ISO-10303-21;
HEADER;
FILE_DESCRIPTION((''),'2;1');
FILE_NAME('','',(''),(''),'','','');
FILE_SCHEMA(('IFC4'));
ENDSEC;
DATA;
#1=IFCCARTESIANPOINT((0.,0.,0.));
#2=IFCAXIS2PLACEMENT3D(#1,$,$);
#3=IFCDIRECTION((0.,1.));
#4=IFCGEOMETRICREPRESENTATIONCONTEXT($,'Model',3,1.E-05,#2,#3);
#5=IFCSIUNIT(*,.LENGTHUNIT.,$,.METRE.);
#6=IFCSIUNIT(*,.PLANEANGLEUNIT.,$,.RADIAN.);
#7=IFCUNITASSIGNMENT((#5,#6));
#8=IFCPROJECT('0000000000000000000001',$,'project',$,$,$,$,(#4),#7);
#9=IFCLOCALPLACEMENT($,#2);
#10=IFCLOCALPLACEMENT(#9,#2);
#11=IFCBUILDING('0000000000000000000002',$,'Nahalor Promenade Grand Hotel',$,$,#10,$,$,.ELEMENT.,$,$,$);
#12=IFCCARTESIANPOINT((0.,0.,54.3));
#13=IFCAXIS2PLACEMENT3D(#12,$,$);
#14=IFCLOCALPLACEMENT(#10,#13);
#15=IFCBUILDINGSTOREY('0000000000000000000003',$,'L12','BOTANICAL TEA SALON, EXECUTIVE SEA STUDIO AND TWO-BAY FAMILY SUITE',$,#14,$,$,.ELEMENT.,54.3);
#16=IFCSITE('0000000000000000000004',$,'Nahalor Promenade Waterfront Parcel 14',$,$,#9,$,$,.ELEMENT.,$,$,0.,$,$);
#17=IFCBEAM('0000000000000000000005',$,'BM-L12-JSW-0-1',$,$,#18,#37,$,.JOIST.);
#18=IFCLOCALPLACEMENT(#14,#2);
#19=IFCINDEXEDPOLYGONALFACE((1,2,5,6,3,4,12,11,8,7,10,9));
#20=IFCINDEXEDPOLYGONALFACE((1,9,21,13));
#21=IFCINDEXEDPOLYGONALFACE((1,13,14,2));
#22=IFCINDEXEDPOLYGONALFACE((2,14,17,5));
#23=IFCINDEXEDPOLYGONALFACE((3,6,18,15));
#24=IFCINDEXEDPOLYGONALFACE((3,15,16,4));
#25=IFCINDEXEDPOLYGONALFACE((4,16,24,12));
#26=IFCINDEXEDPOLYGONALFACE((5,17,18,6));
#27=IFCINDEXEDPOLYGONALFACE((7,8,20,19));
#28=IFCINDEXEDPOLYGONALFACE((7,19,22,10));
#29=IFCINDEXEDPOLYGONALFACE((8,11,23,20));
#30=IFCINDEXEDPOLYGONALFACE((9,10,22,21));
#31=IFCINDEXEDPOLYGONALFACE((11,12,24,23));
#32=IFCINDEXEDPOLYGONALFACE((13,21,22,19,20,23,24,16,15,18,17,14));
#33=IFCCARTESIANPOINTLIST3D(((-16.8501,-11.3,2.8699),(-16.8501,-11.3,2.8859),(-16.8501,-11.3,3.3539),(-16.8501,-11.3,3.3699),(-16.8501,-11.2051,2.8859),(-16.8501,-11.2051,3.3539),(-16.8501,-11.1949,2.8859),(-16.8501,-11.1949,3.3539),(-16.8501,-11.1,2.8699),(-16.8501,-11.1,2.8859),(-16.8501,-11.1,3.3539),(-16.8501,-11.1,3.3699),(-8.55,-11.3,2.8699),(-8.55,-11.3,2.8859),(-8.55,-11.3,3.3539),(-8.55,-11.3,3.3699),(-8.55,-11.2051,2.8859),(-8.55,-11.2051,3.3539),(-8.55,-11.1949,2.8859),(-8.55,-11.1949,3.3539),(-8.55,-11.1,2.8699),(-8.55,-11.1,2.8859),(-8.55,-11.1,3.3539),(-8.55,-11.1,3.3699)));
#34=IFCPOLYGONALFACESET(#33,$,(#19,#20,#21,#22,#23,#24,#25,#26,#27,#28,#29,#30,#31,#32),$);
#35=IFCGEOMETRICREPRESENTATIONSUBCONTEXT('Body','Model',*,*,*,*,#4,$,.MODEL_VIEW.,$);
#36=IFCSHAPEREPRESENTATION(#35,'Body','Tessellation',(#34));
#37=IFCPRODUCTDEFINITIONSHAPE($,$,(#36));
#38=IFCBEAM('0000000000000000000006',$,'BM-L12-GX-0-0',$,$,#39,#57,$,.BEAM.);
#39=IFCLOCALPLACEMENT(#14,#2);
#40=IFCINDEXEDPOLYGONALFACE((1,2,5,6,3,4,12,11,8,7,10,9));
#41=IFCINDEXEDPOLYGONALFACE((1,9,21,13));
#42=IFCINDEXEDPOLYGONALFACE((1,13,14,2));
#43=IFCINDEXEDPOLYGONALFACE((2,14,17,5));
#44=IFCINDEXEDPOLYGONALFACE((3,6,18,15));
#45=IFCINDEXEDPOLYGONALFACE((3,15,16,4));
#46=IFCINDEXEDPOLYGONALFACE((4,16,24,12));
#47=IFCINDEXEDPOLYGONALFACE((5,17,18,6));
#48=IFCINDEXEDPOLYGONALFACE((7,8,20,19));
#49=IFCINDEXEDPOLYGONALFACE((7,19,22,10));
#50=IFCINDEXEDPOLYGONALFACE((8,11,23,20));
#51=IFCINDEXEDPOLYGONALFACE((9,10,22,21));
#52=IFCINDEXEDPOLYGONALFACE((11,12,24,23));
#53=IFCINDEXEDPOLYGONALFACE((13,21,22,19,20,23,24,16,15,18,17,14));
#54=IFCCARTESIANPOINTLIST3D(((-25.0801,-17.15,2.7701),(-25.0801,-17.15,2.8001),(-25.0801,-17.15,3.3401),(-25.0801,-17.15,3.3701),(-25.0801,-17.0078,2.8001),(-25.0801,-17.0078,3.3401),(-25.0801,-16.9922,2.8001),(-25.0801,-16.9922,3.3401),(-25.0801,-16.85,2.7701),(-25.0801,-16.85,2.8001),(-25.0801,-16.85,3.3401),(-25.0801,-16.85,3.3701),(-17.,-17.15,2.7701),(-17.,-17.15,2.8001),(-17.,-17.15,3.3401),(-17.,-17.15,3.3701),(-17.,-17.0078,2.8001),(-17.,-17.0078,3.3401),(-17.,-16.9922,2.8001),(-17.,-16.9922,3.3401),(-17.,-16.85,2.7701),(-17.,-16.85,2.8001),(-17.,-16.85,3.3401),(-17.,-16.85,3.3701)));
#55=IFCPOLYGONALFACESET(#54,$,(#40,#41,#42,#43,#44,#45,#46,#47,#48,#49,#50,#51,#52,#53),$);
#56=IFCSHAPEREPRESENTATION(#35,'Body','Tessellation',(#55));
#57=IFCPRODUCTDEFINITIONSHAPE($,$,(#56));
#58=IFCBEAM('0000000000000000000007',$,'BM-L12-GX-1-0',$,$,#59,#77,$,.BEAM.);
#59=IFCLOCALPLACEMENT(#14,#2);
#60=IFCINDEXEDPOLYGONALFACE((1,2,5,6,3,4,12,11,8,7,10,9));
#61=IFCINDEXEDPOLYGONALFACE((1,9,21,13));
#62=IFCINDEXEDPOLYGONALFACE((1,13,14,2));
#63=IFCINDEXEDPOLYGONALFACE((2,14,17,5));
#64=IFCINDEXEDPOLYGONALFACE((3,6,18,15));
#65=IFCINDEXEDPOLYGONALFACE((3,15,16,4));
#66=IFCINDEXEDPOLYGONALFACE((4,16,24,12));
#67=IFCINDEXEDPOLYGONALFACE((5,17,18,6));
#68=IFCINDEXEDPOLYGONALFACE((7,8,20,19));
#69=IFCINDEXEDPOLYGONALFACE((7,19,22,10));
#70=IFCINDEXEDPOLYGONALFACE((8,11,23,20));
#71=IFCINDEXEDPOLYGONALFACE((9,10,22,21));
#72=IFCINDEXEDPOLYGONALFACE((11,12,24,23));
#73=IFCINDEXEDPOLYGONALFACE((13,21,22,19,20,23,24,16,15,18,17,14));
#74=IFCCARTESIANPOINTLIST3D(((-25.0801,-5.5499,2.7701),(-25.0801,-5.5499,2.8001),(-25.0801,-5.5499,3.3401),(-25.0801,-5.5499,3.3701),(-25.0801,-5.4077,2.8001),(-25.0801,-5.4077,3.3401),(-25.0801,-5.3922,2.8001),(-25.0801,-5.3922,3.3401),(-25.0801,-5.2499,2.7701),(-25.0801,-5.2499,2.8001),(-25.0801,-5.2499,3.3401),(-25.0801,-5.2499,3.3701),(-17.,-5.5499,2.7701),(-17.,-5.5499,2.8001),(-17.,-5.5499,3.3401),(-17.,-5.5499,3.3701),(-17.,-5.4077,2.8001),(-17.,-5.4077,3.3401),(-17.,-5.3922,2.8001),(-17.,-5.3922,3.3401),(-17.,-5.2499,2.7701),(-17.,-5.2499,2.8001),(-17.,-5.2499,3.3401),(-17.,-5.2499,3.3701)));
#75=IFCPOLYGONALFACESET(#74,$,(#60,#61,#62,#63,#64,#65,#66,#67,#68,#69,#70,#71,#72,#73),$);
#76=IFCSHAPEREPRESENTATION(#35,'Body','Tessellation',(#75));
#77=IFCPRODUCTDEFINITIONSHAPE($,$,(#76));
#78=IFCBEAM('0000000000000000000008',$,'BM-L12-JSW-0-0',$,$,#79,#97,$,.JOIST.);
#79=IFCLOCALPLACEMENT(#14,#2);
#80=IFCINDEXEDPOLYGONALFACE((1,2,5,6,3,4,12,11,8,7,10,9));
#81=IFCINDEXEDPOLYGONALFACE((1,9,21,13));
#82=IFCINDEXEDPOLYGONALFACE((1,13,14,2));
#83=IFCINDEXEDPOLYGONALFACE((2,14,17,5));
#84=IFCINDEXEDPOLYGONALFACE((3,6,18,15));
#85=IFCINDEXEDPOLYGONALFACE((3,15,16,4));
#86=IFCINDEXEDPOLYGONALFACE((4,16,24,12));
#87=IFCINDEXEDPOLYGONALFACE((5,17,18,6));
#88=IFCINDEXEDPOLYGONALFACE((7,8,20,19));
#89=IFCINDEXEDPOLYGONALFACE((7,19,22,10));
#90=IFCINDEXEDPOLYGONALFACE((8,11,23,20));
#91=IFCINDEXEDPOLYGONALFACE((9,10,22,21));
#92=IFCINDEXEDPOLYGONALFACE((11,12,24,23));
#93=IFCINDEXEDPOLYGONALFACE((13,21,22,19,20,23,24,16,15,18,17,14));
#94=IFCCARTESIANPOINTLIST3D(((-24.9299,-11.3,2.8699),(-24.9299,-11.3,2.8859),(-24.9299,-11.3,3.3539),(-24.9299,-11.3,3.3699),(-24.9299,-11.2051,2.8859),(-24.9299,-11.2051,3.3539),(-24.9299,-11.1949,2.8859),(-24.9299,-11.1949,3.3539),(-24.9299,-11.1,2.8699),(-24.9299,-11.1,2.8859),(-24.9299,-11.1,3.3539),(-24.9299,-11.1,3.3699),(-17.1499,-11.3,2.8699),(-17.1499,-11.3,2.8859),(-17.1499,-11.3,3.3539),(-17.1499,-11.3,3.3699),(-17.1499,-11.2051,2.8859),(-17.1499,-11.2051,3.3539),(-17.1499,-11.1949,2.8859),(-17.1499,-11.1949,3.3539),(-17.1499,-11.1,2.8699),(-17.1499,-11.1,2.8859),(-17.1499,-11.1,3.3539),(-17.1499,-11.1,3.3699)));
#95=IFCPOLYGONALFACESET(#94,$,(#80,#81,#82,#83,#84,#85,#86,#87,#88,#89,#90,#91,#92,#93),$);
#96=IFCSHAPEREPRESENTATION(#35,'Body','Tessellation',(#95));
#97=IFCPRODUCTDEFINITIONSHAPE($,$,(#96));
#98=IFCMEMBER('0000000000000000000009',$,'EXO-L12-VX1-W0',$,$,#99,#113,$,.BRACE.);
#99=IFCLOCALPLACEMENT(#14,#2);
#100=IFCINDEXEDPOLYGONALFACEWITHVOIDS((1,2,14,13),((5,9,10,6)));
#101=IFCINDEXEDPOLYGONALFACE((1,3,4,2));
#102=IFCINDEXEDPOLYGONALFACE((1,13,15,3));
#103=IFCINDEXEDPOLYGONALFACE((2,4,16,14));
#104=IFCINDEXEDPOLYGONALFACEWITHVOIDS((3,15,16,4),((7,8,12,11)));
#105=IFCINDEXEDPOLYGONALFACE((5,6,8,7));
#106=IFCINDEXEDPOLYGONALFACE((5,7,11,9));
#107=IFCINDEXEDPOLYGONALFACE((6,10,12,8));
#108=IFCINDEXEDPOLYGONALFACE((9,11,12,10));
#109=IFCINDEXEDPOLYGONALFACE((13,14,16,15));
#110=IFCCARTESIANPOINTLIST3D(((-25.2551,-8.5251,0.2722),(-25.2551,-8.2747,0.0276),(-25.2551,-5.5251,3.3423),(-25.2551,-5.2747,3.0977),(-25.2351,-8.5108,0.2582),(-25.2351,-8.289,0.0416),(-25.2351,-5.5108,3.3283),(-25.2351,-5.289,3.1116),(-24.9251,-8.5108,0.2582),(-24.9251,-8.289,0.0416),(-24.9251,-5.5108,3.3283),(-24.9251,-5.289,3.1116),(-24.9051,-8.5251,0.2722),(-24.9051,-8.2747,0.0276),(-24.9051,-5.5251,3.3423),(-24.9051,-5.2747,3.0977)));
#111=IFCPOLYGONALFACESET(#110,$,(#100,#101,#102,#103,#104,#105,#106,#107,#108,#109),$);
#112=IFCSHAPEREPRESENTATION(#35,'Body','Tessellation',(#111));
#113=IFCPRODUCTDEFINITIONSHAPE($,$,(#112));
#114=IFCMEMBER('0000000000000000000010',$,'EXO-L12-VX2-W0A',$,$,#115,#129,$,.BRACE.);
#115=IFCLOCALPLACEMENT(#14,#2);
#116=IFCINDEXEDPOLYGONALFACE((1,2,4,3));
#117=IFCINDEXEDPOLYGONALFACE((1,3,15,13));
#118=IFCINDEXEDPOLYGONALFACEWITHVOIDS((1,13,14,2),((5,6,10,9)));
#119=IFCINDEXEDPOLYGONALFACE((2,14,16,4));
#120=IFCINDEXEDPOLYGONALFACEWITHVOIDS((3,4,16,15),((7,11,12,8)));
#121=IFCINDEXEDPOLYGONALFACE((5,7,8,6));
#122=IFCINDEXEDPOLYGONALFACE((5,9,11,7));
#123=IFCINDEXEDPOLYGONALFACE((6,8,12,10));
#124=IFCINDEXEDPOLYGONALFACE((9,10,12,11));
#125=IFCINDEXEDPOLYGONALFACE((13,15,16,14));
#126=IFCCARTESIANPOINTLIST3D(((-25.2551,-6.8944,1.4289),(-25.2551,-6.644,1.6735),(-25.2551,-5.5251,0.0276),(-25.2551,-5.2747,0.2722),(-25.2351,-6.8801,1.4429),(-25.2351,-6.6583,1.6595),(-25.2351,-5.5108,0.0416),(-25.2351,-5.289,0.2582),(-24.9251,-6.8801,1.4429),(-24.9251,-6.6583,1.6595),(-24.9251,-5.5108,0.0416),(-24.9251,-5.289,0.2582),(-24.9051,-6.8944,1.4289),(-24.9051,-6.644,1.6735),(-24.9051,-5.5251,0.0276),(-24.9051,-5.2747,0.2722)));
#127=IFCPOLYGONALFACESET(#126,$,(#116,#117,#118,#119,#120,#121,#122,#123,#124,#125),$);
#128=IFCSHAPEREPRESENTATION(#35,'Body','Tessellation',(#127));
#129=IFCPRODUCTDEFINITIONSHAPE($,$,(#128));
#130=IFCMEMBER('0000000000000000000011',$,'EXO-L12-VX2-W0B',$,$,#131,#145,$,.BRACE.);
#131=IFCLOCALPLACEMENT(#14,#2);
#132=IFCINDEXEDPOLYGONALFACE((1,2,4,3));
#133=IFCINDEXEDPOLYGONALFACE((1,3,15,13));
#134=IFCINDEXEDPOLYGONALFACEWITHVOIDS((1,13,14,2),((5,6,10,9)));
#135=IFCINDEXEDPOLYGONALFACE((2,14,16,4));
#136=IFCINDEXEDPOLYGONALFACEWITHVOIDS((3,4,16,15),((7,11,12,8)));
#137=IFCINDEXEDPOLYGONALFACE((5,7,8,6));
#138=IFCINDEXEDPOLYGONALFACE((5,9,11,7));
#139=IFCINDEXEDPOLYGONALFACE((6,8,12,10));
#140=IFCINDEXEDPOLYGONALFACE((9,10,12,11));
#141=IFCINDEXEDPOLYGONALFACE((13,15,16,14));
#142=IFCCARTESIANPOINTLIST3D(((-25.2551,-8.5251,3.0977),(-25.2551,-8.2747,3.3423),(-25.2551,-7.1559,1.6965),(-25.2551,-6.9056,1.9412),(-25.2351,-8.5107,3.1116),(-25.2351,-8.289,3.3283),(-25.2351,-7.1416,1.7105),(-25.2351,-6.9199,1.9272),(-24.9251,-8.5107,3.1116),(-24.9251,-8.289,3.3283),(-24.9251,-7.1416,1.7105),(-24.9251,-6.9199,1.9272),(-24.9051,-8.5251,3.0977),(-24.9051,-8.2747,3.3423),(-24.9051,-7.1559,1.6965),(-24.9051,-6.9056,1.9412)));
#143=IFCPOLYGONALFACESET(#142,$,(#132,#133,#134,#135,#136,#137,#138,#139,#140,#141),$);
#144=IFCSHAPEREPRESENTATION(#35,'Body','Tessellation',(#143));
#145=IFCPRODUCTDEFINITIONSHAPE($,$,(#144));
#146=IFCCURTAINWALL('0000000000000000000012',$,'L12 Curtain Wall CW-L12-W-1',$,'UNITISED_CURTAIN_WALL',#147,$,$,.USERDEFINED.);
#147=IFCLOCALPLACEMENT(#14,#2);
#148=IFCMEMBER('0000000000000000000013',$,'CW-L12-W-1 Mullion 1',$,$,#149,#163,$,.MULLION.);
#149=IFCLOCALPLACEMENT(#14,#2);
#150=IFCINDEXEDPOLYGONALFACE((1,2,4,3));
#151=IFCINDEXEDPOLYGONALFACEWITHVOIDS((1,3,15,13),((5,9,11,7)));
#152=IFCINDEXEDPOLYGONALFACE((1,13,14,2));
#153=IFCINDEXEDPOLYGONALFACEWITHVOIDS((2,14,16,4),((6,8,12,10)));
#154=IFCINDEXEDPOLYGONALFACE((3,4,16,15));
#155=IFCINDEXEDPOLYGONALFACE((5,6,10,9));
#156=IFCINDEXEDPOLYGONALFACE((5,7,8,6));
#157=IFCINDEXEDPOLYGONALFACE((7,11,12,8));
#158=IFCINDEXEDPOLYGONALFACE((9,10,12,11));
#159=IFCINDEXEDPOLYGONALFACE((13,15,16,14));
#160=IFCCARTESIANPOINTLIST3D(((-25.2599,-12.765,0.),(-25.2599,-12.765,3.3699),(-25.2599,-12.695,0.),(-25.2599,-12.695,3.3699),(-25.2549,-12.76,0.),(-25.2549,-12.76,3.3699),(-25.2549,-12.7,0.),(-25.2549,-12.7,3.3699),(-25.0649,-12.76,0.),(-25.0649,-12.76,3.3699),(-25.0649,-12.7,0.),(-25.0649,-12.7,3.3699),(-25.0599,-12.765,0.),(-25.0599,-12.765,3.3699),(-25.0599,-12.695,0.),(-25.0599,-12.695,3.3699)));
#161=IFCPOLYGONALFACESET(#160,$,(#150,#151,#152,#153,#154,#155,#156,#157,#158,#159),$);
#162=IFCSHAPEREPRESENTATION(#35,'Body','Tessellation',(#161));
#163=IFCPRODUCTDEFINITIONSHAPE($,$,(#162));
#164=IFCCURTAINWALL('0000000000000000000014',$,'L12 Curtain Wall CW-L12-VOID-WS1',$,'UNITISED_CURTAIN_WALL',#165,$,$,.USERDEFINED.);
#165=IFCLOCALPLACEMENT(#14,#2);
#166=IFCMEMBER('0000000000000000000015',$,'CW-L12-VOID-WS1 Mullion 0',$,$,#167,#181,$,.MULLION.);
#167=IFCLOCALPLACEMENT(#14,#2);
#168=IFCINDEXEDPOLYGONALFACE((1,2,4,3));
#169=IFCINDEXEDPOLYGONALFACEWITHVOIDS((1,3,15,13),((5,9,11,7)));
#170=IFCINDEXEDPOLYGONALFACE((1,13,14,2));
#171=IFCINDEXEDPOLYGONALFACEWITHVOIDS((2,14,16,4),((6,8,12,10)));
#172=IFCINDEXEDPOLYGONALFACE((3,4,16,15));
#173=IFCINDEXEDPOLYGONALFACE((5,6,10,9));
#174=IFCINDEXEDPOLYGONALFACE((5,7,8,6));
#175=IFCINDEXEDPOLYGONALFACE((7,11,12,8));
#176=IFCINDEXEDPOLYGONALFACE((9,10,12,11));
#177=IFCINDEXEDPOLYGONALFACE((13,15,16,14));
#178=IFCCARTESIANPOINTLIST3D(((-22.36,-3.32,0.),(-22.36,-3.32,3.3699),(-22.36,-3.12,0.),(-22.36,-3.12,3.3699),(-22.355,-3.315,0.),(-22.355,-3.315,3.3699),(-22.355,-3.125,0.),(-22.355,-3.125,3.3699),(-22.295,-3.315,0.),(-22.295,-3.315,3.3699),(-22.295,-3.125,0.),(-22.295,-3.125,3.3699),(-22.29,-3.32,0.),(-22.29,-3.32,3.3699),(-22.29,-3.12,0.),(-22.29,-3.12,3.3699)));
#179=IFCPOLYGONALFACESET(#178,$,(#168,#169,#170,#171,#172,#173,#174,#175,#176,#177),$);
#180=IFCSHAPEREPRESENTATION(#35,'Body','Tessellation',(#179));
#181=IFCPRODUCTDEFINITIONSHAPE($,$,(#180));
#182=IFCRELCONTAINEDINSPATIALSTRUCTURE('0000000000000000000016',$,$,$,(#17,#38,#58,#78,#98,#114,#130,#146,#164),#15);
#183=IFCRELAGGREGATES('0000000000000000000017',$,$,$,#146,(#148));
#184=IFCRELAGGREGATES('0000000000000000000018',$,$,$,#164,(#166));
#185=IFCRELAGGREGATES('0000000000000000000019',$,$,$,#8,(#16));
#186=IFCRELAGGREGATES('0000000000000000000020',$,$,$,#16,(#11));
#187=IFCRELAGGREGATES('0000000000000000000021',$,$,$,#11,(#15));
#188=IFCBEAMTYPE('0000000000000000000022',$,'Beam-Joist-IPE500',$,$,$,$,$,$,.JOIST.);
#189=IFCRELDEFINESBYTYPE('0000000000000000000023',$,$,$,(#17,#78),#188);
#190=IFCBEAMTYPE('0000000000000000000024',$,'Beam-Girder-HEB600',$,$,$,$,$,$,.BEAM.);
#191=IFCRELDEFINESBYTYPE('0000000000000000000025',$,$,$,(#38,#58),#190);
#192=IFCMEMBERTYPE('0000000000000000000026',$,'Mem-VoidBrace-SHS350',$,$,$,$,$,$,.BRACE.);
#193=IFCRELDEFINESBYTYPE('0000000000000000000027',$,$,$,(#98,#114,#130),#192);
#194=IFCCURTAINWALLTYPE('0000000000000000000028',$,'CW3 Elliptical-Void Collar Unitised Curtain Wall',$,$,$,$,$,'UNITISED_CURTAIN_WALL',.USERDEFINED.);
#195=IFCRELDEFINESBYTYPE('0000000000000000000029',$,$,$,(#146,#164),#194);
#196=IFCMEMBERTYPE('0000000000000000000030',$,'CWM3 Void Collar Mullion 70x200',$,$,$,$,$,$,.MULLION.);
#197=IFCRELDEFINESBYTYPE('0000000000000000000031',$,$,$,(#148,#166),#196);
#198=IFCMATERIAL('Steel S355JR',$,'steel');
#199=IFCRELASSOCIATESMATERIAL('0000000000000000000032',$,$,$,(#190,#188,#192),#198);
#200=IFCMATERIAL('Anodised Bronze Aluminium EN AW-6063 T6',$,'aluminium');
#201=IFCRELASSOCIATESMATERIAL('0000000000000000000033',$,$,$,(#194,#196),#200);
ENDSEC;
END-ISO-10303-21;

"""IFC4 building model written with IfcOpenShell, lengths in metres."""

from ifc_helpers import new_model, si_unit, direction, frame, origin, origin_2d, place, context, subcontext, project, spatial, hollow_rectangle, i_section, extrude, source, transform, mapped, material, material_profile, profile_set, type_object, element, aggregate, save


model = new_model("IFC4")

# Units and contexts
model_context = context("Model", 3, precision=1e-05, world=origin(), true_north=direction((0.0, 1.0)))
body_context = subcontext(model_context, "Body", "Model", "MODEL_VIEW")
ifc_project = project(units=[si_unit("LENGTHUNIT", "METRE"), si_unit("PLANEANGLEUNIT", "RADIAN")], contexts=[model_context])

# Site, building, storey
site_placement = place(None, origin())
site = spatial("IfcSite", under=ifc_project, at=site_placement, Name="Nahalor Promenade Waterfront Parcel 14", CompositionType="ELEMENT", RefElevation=0.0)
building_placement = place(site_placement, origin())
building = spatial("IfcBuilding", under=site, at=building_placement, Name="Nahalor Promenade Grand Hotel", CompositionType="ELEMENT")
storey_placement = place(building_placement, frame((0.0, 0.0, 54.3)))
storey = spatial("IfcBuildingStorey", under=building, at=storey_placement, Name="L12", Description="BOTANICAL TEA SALON, EXECUTIVE SEA STUDIO AND TWO-BAY FAMILY SUITE", CompositionType="ELEMENT", Elevation=54.3)

# Beams
ifc_material_1 = material(Name="Steel S355JR", Category="steel")
ifc_material_profile_1 = material_profile(ifc_material_1, i_section(OverallWidth=0.3, OverallDepth=0.6, WebThickness=0.0155, FlangeThickness=0.03, at=origin_2d()), Name="HEB 600")
ifc_profile_set_1 = profile_set([ifc_material_profile_1], Name="Steel S355JR")
beam_type_1 = type_object("IfcBeamType", Name="Beam-Girder-HEB600", PredefinedType="BEAM", material=ifc_profile_set_1)
ifc_material_profile_2 = material_profile(ifc_material_1, i_section(OverallWidth=0.2, OverallDepth=0.5, WebThickness=0.0102, FlangeThickness=0.016, at=origin_2d()), Name="IPE 500")
ifc_profile_set_2 = profile_set([ifc_material_profile_2], Name="Steel S355JR")
beam_type_2 = type_object("IfcBeamType", Name="Beam-Joist-IPE500", PredefinedType="JOIST", material=ifc_profile_set_2)
shared_shape_1 = source(origin(), body_context, "Body", "SweptSolid", [
    extrude(i_section(OverallWidth=0.2, OverallDepth=0.5, WebThickness=0.0102, FlangeThickness=0.016, at=origin_2d()), origin(), (0.0, 0.0, 1.0), 8.3),
])
beam_1_placement = place(storey_placement, frame((-16.8501, -11.2, 3.1199), z_axis=(1.0, 0.0, 0.0), x_axis=(0.0, 1.0, 0.0)))
element("IfcBeam", 1, at=beam_1_placement, inside=storey, type_object=beam_type_2, Name="BM-L12-JSW-0-1", PredefinedType="JOIST", context=body_context, shape_type="MappedRepresentation", body=[
    mapped(shared_shape_1, transform((0.0, 0.0, 0.0), scale=1.0)),
])
shared_shape_2 = source(origin(), body_context, "Body", "SweptSolid", [
    extrude(i_section(OverallWidth=0.3, OverallDepth=0.6, WebThickness=0.0155, FlangeThickness=0.03, at=origin_2d()), origin(), (0.0, 0.0, 1.0), 8.0801),
])
for number, where, z_axis, x_axis, name in (
    (2, (-25.0801, -17.0, 3.0701), (1.0, 0.0, 0.0), (0.0, 1.0, 0.0), "BM-L12-GX-0-0"),
    (3, (-25.0801, -5.3999, 3.0701), (1.0, 0.0, 0.0), (0.0, 1.0, 0.0), "BM-L12-GX-1-0"),
):
    element("IfcBeam", number, at=place(storey_placement, frame(where, z_axis=z_axis, x_axis=x_axis)), inside=storey, type_object=beam_type_1, Name=name, PredefinedType="BEAM", context=body_context, shape_type="MappedRepresentation", body=[
        mapped(shared_shape_2, transform((0.0, 0.0, 0.0), scale=1.0)),
    ])
shared_shape_3 = source(origin(), body_context, "Body", "SweptSolid", [
    extrude(i_section(OverallWidth=0.2, OverallDepth=0.5, WebThickness=0.0102, FlangeThickness=0.016, at=origin_2d()), origin(), (0.0, 0.0, 1.0), 7.78),
])
beam_2_placement = place(storey_placement, frame((-24.9299, -11.2, 3.1199), z_axis=(1.0, 0.0, 0.0), x_axis=(0.0, 1.0, 0.0)))
element("IfcBeam", 4, at=beam_2_placement, inside=storey, type_object=beam_type_2, Name="BM-L12-JSW-0-0", PredefinedType="JOIST", context=body_context, shape_type="MappedRepresentation", body=[
    mapped(shared_shape_3, transform((0.0, 0.0, 0.0), scale=1.0)),
])

# Members
ifc_material_profile_3 = material_profile(ifc_material_1, hollow_rectangle(XDim=0.35, YDim=0.35, WallThickness=0.02, at=origin_2d()), Name="SHS 350x350x20")
ifc_profile_set_3 = profile_set([ifc_material_profile_3], Name="Steel S355JR")
member_type_1 = type_object("IfcMemberType", Name="Mem-VoidBrace-SHS350", PredefinedType="BRACE", material=ifc_profile_set_3)
shared_shape_4 = source(origin(), body_context, "Body", "SweptSolid", [
    extrude(hollow_rectangle(XDim=0.35, YDim=0.35, WallThickness=0.02, at=origin_2d()), origin(), (0.0, 0.0, 1.0), 4.2925),
])
member_1_placement = place(storey_placement, frame((-25.0801, -8.3999, 0.1499), z_axis=(0.0, 0.698898, 0.715221), x_axis=(-1.0, 0.0, 0.0)))
element("IfcMember", 5, at=member_1_placement, inside=storey, type_object=member_type_1, Name="EXO-L12-VX1-W0", PredefinedType="BRACE", context=body_context, shape_type="MappedRepresentation", body=[
    mapped(shared_shape_4, transform((0.0, 0.0, 0.0), scale=1.0)),
])
shared_shape_5 = source(origin(), body_context, "Body", "SweptSolid", [
    extrude(hollow_rectangle(XDim=0.35, YDim=0.35, WallThickness=0.02, at=origin_2d()), origin(), (0.0, 0.0, 1.0), 1.9592),
])
member_2_placement = place(storey_placement, frame((-25.0801, -5.3999, 0.1499), z_axis=(0.0, -0.698898, 0.715221), x_axis=(1.0, 0.0, 0.0)))
element("IfcMember", 6, at=member_2_placement, inside=storey, type_object=member_type_1, Name="EXO-L12-VX2-W0A", PredefinedType="BRACE", context=body_context, shape_type="MappedRepresentation", body=[
    mapped(shared_shape_5, transform((0.0, 0.0, 0.0), scale=1.0)),
])
shared_shape_6 = source(origin(), body_context, "Body", "SweptSolid", [
    extrude(hollow_rectangle(XDim=0.35, YDim=0.35, WallThickness=0.02, at=origin_2d()), origin(), (0.0, 0.0, 1.0), 1.959),
])
member_3_placement = place(storey_placement, frame((-25.0801, -7.0308, 1.8188), z_axis=(0.0, -0.698897, 0.715223), x_axis=(1.0, 0.0, 0.0)))
element("IfcMember", 7, at=member_3_placement, inside=storey, type_object=member_type_1, Name="EXO-L12-VX2-W0B", PredefinedType="BRACE", context=body_context, shape_type="MappedRepresentation", body=[
    mapped(shared_shape_6, transform((0.0, 0.0, 0.0), scale=1.0)),
])

# Curtain wall, member
ifc_material_2 = material(Name="Anodised Bronze Aluminium EN AW-6063 T6", Category="aluminium")
curtain_wall_type = type_object("IfcCurtainWallType", Name="CW3 Elliptical-Void Collar Unitised Curtain Wall", ElementType="UNITISED_CURTAIN_WALL", PredefinedType="USERDEFINED", material=ifc_material_2)
curtain_wall_1_placement = place(storey_placement, origin())
curtain_wall_1 = element("IfcCurtainWall", 8, at=curtain_wall_1_placement, inside=storey, type_object=curtain_wall_type, Name="L12 Curtain Wall CW-L12-W-1", ObjectType="UNITISED_CURTAIN_WALL", PredefinedType="USERDEFINED")
ifc_material_profile_4 = material_profile(ifc_material_2, hollow_rectangle(XDim=0.07, YDim=0.2, WallThickness=0.005, at=origin_2d()), Name="CWM 70x200x5")
ifc_profile_set_4 = profile_set([ifc_material_profile_4], Name="Anodised Bronze Aluminium EN AW-6063 T6")
member_type_2 = type_object("IfcMemberType", Name="CWM3 Void Collar Mullion 70x200", PredefinedType="MULLION", material=ifc_profile_set_4)
shared_shape_7 = source(origin(), body_context, "Body", "SweptSolid", [
    extrude(hollow_rectangle(XDim=0.07, YDim=0.2, WallThickness=0.005, at=origin_2d()), origin(), (0.0, 0.0, 1.0), 3.3699),
])
member_4_placement = place(storey_placement, frame((-25.1599, -12.73, 0.0), z_axis=(0.0, 0.0, 1.0), x_axis=(0.0, 1.0, 0.0)))
member_4 = element("IfcMember", 9, at=member_4_placement, type_object=member_type_2, Name="CW-L12-W-1 Mullion 1", PredefinedType="MULLION", context=body_context, shape_type="MappedRepresentation", body=[
    mapped(shared_shape_7, transform((0.0, 0.0, 0.0), scale=1.0)),
])

# Curtain wall, member
curtain_wall_2_placement = place(storey_placement, origin())
curtain_wall_2 = element("IfcCurtainWall", 10, at=curtain_wall_2_placement, inside=storey, type_object=curtain_wall_type, Name="L12 Curtain Wall CW-L12-VOID-WS1", ObjectType="UNITISED_CURTAIN_WALL", PredefinedType="USERDEFINED")
member_5_placement = place(storey_placement, frame((-22.325, -3.22, 0.0), z_axis=(0.0, 0.0, 1.0), x_axis=(1.0, 0.0, 0.0)))
member_5 = element("IfcMember", 11, at=member_5_placement, type_object=member_type_2, Name="CW-L12-VOID-WS1 Mullion 0", PredefinedType="MULLION", context=body_context, shape_type="MappedRepresentation", body=[
    mapped(shared_shape_7, transform((0.0, 0.0, 0.0), scale=1.0)),
])

aggregate(curtain_wall_1, [member_4])
aggregate(curtain_wall_2, [member_5])

save(model, "model.ifc")
